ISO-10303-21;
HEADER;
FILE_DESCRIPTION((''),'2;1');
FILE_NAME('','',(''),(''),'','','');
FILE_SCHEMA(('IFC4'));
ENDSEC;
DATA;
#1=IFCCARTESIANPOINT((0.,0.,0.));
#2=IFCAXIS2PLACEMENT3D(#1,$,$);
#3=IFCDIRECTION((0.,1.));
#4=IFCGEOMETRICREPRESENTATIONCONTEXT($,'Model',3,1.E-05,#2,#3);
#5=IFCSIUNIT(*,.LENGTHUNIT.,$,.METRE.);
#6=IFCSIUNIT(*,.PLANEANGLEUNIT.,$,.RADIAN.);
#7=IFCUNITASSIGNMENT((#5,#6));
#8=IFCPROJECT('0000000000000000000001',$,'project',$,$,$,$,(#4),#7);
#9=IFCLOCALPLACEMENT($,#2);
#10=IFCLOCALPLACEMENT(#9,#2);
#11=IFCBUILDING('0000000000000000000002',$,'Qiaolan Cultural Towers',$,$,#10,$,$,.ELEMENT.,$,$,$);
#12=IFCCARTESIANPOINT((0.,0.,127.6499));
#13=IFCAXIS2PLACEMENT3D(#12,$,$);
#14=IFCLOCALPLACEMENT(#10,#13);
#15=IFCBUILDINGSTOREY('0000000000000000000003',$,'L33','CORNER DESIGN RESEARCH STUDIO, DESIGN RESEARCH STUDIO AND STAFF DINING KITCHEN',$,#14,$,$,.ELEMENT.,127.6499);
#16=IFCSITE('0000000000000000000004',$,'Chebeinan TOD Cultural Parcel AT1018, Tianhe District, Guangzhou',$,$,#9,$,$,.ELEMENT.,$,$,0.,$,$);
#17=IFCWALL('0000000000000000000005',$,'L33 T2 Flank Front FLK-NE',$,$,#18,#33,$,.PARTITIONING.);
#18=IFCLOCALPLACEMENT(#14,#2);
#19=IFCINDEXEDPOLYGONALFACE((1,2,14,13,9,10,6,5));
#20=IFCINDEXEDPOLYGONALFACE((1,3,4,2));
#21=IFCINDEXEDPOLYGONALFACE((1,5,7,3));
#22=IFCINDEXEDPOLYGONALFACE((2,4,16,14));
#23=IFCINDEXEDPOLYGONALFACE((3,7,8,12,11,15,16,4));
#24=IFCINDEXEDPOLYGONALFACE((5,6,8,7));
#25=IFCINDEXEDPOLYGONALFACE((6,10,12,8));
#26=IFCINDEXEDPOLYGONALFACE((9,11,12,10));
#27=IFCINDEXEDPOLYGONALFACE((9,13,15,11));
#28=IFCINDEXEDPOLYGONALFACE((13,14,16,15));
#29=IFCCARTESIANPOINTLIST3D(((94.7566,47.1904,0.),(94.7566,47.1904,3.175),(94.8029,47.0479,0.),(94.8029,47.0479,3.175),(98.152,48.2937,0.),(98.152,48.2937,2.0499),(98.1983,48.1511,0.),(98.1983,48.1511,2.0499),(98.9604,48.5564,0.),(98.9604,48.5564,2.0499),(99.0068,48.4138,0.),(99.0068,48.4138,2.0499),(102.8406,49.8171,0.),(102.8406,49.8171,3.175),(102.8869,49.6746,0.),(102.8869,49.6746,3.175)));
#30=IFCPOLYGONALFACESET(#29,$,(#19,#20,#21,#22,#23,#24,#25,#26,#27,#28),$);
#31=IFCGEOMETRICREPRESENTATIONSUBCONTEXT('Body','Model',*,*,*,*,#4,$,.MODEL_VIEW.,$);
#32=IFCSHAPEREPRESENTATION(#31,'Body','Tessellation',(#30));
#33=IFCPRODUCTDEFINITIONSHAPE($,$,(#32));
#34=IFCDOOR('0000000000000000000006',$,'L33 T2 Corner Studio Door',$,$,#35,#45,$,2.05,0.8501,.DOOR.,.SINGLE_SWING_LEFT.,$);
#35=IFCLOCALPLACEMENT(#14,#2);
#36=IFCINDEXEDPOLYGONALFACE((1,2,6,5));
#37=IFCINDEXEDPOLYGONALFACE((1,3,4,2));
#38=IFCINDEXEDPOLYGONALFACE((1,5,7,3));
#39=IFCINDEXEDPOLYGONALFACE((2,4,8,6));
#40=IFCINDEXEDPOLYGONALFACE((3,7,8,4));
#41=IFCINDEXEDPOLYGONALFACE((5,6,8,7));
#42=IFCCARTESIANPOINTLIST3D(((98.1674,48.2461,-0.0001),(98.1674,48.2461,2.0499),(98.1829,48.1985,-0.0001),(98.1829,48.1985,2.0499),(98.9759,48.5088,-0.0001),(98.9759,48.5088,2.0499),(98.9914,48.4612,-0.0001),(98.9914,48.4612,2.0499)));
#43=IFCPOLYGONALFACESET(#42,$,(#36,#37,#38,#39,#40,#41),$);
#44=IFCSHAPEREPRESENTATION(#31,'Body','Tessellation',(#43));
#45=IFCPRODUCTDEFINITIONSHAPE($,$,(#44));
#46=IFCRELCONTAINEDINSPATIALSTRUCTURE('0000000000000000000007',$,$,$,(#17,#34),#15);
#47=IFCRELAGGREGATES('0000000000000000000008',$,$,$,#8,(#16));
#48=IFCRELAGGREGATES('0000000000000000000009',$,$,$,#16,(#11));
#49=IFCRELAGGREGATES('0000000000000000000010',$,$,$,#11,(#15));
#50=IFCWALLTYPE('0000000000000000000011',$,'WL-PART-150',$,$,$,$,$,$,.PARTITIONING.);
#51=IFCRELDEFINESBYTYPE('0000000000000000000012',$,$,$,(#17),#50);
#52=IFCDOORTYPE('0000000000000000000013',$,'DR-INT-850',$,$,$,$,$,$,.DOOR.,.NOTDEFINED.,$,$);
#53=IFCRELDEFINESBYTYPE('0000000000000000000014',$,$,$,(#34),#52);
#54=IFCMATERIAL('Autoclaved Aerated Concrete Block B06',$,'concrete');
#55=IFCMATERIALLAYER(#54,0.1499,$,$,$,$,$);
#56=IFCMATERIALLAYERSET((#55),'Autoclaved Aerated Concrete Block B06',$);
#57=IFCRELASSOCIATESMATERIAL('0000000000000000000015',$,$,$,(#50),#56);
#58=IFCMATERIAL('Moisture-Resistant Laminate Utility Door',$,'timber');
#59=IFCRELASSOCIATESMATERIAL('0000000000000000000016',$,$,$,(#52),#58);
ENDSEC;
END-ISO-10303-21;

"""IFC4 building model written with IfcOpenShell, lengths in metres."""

from ifc_helpers import new_model, si_unit, direction, frame, frame_2d, origin, place, context, subcontext, project, spatial, rectangle, extrude, material, layer, layer_set, type_object, element, fill, save


model = new_model("IFC4")

# Units and contexts
model_context = context("Model", 3, precision=1e-05, world=origin(), true_north=direction((0.0, 1.0)))
body_context = subcontext(model_context, "Body", "Model", "MODEL_VIEW")
ifc_project = project(units=[si_unit("LENGTHUNIT", "METRE"), si_unit("PLANEANGLEUNIT", "RADIAN")], contexts=[model_context])

# Site, building, storey
site_placement = place(None, origin())
site = spatial("IfcSite", under=ifc_project, at=site_placement, Name="Chebeinan TOD Cultural Parcel AT1018, Tianhe District, Guangzhou", CompositionType="ELEMENT", RefElevation=0.0)
building_placement = place(site_placement, origin())
building = spatial("IfcBuilding", under=site, at=building_placement, Name="Qiaolan Cultural Towers", CompositionType="ELEMENT")
storey_placement = place(building_placement, frame((0.0, 0.0, 127.6499)))
storey = spatial("IfcBuildingStorey", under=building, at=storey_placement, Name="L33", Description="CORNER DESIGN RESEARCH STUDIO, DESIGN RESEARCH STUDIO AND STAFF DINING KITCHEN", CompositionType="ELEMENT", Elevation=127.6499)

# Shared definitions
ifc_material_1 = material(Name="Autoclaved Aerated Concrete Block B06", Category="concrete")
ifc_layer_1 = layer(ifc_material_1, 0.1499)
ifc_layer_set_1 = layer_set([ifc_layer_1], Name="Autoclaved Aerated Concrete Block B06")
wall_type_1 = type_object("IfcWallType", Name="WL-PART-150", PredefinedType="PARTITIONING", material=ifc_layer_set_1)

# Wall, opening, door
wall_1_placement = place(storey_placement, frame((94.7798, 47.1191, 0.0), z_axis=(0.0, 0.0, 1.0), x_axis=(0.951054, 0.309024, 0.0)))
wall_1 = element("IfcWall", 1, at=wall_1_placement, inside=storey, type_object=wall_type_1, Name="L33 T2 Flank Front FLK-NE", PredefinedType="PARTITIONING", context=body_context, shape_type="SweptSolid", body=[
    extrude(rectangle(XDim=8.5, YDim=0.1499, at=frame_2d((4.25, 0.0))), origin(), (0.0, 0.0, 1.0), 3.175),
])
opening_1_placement = place(wall_1_placement, frame((3.5701, 0.0, 0.0)))
opening_1 = element("IfcOpeningElement", 2, at=opening_1_placement, cuts=wall_1, PredefinedType="OPENING", context=body_context, shape_type="SweptSolid", body=[
    extrude(rectangle(XDim=0.8501, YDim=2.05, at=frame_2d((0.425, 1.0249))), frame((0.0, 0.085, 0.0), z_axis=(0.0, -1.0, 0.0), x_axis=(1.0, 0.0, 0.0)), (0.0, 0.0, 1.0), 0.1699),
])
ifc_material_2 = material(Name="Moisture-Resistant Laminate Utility Door", Category="timber")
door_type_1 = type_object("IfcDoorType", Name="DR-INT-850", OperationType="NOTDEFINED", PredefinedType="DOOR", material=ifc_material_2)
door_1_placement = place(opening_1_placement, origin())
door_1 = element("IfcDoor", 3, at=door_1_placement, inside=storey, type_object=door_type_1, Name="L33 T2 Corner Studio Door", OperationType="SINGLE_SWING_LEFT", OverallHeight=2.05, OverallWidth=0.8501, PredefinedType="DOOR", context=body_context, shape_type="SweptSolid", body=[
    extrude(rectangle(XDim=0.8501, YDim=2.05, at=frame_2d((0.425, 1.0249))), frame((0.0, 0.0249, 0.0), z_axis=(0.0, -1.0, 0.0), x_axis=(1.0, 0.0, 0.0)), (0.0, 0.0, 1.0), 0.05),
])
fill(opening_1, door_1)

save(model, "model.ifc")
